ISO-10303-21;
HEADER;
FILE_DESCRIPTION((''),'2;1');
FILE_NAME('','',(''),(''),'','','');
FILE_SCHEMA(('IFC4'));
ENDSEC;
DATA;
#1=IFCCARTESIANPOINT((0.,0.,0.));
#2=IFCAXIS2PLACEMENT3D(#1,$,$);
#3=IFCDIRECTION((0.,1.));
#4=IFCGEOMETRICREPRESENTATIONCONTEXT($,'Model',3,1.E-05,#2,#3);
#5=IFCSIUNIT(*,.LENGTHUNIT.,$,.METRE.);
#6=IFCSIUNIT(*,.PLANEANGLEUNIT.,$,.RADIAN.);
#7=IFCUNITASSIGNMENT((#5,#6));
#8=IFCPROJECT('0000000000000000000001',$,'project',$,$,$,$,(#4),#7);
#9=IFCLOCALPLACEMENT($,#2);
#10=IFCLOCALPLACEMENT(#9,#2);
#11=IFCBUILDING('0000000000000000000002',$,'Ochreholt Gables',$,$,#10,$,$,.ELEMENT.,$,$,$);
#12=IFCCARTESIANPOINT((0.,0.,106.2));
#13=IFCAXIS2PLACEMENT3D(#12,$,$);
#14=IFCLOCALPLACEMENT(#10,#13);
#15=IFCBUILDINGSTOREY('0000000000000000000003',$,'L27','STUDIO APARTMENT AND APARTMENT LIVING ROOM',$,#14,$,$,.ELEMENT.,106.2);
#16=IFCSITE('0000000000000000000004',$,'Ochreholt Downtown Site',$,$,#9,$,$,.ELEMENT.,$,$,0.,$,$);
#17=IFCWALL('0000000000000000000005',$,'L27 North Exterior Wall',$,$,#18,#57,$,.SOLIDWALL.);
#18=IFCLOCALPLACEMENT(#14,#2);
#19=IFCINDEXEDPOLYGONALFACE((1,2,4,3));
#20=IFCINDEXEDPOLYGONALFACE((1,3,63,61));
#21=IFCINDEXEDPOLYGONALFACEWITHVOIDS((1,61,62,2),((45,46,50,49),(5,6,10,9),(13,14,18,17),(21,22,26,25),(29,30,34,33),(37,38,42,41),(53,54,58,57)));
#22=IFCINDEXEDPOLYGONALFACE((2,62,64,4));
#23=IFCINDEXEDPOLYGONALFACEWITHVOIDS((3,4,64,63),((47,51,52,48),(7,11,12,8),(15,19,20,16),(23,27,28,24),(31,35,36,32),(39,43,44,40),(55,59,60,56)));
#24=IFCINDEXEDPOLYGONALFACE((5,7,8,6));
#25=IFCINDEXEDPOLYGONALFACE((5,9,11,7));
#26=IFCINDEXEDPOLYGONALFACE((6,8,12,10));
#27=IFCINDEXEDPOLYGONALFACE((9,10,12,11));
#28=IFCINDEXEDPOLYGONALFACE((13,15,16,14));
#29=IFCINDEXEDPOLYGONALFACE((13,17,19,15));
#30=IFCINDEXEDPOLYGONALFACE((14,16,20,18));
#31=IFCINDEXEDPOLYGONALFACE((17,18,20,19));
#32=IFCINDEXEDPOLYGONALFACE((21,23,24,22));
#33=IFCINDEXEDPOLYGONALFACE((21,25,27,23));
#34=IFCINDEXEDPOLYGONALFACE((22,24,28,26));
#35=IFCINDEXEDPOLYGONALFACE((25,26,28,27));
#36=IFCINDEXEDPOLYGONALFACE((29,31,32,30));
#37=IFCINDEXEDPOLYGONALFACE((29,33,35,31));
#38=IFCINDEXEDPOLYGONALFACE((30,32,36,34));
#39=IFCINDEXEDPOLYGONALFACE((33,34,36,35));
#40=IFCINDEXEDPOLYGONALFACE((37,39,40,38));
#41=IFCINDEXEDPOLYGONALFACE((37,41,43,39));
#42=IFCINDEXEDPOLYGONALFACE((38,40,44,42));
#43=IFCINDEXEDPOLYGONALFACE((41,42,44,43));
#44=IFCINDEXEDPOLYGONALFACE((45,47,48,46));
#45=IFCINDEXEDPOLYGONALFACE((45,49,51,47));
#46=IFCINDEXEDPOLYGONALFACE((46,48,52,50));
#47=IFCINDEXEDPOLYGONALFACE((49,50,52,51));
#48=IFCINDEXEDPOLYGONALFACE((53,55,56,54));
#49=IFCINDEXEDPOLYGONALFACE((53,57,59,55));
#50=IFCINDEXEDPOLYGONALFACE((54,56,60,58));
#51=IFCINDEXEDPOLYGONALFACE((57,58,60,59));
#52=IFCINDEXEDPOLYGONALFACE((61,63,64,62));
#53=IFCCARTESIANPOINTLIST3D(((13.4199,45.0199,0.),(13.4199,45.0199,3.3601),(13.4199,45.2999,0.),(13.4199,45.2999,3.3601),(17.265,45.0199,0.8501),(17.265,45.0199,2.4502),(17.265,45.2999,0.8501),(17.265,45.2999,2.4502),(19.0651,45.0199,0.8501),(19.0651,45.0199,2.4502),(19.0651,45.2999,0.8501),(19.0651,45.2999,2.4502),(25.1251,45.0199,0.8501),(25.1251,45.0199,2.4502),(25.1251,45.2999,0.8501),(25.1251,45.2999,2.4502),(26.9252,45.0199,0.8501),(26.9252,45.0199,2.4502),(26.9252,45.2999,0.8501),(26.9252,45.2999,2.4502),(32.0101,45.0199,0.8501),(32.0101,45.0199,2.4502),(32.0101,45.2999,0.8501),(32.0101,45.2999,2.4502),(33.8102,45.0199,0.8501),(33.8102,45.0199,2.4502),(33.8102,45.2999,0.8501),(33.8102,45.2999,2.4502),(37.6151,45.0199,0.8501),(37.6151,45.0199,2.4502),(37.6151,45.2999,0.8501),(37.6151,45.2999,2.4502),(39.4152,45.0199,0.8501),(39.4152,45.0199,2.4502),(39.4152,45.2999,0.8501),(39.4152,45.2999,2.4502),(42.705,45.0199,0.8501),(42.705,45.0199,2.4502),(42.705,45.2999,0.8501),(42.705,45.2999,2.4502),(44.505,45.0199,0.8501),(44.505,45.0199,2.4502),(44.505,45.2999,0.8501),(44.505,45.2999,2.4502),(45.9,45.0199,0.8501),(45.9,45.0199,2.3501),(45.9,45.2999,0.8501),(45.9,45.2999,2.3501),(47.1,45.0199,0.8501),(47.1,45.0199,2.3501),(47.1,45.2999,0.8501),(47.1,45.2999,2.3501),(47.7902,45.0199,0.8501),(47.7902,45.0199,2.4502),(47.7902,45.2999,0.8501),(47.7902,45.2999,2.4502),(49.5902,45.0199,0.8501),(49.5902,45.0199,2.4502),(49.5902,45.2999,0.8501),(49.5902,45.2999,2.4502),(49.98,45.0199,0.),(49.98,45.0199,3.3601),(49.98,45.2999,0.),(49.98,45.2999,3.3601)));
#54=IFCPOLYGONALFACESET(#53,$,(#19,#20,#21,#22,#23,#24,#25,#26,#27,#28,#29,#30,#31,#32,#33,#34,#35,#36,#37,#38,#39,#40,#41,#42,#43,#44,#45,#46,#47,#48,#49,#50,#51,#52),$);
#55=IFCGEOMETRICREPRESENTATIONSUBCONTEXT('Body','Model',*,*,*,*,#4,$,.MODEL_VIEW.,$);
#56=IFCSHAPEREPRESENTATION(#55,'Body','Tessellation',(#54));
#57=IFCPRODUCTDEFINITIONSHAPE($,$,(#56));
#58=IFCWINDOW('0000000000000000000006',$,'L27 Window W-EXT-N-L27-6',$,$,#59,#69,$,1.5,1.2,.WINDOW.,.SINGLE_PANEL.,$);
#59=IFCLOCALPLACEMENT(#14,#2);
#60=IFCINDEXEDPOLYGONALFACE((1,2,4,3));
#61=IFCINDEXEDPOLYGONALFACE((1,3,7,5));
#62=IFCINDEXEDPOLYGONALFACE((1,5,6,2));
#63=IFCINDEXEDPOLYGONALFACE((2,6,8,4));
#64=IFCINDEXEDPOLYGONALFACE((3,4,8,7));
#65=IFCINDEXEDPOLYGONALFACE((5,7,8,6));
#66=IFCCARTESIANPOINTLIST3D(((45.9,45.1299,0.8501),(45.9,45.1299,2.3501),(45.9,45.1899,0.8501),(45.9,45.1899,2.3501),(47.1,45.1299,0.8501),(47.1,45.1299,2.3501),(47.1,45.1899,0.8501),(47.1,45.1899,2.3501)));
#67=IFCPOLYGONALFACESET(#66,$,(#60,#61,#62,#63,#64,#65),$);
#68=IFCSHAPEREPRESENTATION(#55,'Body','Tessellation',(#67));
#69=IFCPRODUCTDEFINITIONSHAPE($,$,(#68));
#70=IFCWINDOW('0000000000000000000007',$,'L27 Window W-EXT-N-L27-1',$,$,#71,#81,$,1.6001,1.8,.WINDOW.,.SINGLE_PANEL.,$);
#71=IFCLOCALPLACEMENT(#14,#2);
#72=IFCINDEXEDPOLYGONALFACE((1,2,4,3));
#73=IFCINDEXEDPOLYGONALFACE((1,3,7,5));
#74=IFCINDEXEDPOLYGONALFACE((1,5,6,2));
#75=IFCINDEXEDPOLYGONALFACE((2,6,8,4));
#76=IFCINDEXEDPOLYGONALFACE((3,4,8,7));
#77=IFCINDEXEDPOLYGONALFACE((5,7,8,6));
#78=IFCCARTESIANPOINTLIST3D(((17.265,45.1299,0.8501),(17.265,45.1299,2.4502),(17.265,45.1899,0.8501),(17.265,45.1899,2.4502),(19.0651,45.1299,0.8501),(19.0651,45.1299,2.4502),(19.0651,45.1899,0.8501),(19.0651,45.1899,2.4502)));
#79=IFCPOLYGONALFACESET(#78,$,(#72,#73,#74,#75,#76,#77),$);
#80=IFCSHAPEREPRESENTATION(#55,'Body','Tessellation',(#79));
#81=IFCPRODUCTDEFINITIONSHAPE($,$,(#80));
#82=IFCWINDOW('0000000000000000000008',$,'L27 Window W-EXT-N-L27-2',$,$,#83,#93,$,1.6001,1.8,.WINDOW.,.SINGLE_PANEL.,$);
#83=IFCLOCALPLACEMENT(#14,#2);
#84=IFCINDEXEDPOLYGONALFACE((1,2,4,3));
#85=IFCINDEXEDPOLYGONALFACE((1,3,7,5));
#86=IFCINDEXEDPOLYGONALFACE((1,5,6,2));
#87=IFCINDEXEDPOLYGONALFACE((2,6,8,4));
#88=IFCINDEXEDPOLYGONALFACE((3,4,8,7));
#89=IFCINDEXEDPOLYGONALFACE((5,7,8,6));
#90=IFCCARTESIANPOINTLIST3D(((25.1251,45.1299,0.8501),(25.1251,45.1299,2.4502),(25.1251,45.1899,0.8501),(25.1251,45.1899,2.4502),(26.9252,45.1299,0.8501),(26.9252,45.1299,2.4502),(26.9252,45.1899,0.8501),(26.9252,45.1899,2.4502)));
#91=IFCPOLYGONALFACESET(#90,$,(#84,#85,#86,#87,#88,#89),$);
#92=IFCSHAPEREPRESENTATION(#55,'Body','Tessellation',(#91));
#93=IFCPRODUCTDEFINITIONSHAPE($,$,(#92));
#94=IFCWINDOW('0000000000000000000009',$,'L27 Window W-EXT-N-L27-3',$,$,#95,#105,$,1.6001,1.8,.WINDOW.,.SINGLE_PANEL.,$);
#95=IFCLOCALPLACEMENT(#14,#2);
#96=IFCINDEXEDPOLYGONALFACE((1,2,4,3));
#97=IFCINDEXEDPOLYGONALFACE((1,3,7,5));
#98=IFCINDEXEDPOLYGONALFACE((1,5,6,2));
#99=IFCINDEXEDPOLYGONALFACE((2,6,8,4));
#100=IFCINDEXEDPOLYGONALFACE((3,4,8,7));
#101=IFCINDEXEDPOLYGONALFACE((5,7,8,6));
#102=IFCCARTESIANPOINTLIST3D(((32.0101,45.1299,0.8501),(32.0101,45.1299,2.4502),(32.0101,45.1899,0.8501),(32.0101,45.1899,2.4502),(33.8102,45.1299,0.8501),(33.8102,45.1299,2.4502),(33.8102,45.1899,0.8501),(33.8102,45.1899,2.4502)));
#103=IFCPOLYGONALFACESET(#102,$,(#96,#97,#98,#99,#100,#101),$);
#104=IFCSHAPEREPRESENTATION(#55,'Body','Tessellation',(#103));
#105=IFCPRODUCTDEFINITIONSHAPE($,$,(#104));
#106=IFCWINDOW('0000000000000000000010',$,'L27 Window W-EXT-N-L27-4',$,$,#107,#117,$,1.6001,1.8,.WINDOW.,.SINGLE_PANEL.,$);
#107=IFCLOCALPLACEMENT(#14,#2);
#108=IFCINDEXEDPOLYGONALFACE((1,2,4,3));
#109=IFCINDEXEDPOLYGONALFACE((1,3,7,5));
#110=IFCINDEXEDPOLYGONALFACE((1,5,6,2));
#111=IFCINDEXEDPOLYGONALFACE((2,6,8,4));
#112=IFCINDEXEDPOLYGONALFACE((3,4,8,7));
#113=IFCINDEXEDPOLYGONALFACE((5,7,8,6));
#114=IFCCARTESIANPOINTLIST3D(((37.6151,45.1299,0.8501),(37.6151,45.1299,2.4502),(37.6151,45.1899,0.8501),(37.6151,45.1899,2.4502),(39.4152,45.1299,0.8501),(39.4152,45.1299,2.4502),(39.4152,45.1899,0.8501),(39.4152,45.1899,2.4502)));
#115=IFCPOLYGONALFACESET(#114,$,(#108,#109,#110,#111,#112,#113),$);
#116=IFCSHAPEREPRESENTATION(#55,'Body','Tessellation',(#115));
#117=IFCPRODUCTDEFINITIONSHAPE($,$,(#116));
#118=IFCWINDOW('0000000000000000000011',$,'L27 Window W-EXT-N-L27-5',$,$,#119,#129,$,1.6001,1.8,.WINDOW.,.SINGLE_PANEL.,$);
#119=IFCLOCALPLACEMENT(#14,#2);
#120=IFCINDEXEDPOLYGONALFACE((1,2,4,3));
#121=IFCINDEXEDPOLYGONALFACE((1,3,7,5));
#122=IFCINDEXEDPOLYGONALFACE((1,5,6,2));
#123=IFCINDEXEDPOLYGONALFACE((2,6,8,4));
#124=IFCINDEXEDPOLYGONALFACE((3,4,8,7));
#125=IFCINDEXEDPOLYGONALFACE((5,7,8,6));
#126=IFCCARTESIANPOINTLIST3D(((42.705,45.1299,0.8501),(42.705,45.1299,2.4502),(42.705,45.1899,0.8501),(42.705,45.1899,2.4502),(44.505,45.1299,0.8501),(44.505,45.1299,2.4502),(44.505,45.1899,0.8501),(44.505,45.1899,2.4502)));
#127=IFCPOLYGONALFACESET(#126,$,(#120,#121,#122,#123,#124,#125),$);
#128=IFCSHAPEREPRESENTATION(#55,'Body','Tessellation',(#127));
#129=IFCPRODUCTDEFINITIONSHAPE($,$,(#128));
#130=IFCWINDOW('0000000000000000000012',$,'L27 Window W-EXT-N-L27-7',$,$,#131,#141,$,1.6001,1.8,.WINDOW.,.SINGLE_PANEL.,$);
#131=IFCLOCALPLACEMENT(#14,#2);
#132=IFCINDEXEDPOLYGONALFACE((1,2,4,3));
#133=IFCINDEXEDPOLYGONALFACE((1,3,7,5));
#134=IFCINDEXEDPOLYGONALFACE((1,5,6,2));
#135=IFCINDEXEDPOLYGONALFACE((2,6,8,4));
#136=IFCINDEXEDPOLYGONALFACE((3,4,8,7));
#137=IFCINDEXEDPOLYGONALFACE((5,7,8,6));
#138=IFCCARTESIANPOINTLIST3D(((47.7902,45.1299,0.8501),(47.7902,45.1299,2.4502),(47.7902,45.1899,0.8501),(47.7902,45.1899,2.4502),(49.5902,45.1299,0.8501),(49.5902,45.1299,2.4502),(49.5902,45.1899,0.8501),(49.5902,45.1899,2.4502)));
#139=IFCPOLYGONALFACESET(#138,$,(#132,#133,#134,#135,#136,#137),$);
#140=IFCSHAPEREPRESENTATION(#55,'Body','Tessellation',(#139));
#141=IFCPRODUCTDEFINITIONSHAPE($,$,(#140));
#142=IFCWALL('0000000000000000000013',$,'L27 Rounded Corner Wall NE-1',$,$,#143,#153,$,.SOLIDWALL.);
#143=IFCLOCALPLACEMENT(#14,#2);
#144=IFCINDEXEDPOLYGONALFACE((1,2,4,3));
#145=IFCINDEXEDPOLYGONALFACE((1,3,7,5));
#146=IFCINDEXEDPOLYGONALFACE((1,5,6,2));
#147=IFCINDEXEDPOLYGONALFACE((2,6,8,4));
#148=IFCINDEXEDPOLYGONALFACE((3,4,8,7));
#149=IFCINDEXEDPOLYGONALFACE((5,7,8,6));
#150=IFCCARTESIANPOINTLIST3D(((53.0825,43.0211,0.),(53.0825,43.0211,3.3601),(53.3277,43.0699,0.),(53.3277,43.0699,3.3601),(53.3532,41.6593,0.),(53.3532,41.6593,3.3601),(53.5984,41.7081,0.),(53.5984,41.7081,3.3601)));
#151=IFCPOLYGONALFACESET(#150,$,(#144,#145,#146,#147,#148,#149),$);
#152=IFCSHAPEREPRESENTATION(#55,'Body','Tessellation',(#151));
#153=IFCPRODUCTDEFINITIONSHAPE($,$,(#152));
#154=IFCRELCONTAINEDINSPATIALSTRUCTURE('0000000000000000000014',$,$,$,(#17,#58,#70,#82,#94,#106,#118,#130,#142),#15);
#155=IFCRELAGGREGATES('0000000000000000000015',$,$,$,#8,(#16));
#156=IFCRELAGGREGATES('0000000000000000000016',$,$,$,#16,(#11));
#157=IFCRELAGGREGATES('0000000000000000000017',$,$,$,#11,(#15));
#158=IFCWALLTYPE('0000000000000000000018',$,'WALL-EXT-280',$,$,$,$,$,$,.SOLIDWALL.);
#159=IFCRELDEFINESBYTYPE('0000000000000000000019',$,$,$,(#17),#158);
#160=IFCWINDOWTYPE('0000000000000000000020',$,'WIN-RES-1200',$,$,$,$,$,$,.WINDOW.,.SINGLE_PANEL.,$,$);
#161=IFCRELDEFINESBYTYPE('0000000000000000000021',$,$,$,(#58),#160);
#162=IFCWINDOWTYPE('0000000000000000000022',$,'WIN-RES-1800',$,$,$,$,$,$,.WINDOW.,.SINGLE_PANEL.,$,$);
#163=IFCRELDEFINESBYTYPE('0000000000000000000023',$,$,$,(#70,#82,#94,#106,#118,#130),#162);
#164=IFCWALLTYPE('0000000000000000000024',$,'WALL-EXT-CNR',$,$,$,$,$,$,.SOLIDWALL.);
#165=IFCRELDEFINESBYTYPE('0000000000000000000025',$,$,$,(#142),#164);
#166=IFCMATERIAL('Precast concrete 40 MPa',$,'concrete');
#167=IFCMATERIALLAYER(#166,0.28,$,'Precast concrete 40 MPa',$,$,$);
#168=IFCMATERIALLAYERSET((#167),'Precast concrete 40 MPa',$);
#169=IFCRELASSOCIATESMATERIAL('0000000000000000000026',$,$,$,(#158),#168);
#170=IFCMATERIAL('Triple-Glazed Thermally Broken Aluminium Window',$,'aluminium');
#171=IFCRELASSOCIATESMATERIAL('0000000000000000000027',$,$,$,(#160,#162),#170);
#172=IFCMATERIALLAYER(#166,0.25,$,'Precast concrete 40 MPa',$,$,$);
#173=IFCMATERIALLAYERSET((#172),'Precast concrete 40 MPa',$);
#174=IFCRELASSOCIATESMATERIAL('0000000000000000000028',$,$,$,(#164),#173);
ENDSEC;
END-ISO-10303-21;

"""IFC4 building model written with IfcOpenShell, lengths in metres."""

from ifc_helpers import new_model, si_unit, direction, frame, frame_2d, origin, place, context, subcontext, project, spatial, rectangle, extrude, material, layer, layer_set, type_object, element, fill, save


model = new_model("IFC4")

# Units and contexts
model_context = context("Model", 3, precision=1e-05, world=origin(), true_north=direction((0.0, 1.0)))
body_context = subcontext(model_context, "Body", "Model", "MODEL_VIEW")
ifc_project = project(units=[si_unit("LENGTHUNIT", "METRE"), si_unit("PLANEANGLEUNIT", "RADIAN")], contexts=[model_context])

# Site, building, storey
site_placement = place(None, origin())
site = spatial("IfcSite", under=ifc_project, at=site_placement, Name="Ochreholt Downtown Site", CompositionType="ELEMENT", RefElevation=0.0)
building_placement = place(site_placement, origin())
building = spatial("IfcBuilding", under=site, at=building_placement, Name="Ochreholt Gables", CompositionType="ELEMENT")
storey_placement = place(building_placement, frame((0.0, 0.0, 106.2)))
storey = spatial("IfcBuildingStorey", under=building, at=storey_placement, Name="L27", Description="STUDIO APARTMENT AND APARTMENT LIVING ROOM", CompositionType="ELEMENT", Elevation=106.2)

# Wall, openings, windows
ifc_material_1 = material(Name="Precast concrete 40 MPa", Category="concrete")
ifc_layer_1 = layer(ifc_material_1, 0.28, Name="Precast concrete 40 MPa")
ifc_layer_set_1 = layer_set([ifc_layer_1], Name="Precast concrete 40 MPa")
wall_type_1 = type_object("IfcWallType", Name="WALL-EXT-280", PredefinedType="SOLIDWALL", material=ifc_layer_set_1)
wall_1_placement = place(storey_placement, frame((49.98, 45.1599, 0.0), z_axis=(0.0, 0.0, 1.0), x_axis=(-1.0, 0.0, 0.0)))
wall_1 = element("IfcWall", 1, at=wall_1_placement, inside=storey, type_object=wall_type_1, Name="L27 North Exterior Wall", PredefinedType="SOLIDWALL", context=body_context, shape_type="SweptSolid", body=[
    extrude(rectangle(XDim=36.5601, YDim=0.28, at=frame_2d((18.28, 0.0))), origin(), (0.0, 0.0, 1.0), 3.3601),
])
opening_1_placement = place(wall_1_placement, frame((30.915, 0.0, 0.8501)))
opening_1 = element("IfcOpeningElement", 2, at=opening_1_placement, cuts=wall_1, PredefinedType="OPENING", context=body_context, shape_type="SweptSolid", body=[
    extrude(rectangle(XDim=1.8, YDim=1.6001, at=frame_2d((0.8999, 0.8))), frame((0.0, 0.1499, 0.0), z_axis=(0.0, -1.0, 0.0), x_axis=(1.0, 0.0, 0.0)), (0.0, 0.0, 1.0), 0.3),
])
opening_2_placement = place(wall_1_placement, frame((23.0549, 0.0, 0.8501)))
opening_2 = element("IfcOpeningElement", 3, at=opening_2_placement, cuts=wall_1, PredefinedType="OPENING", context=body_context, shape_type="SweptSolid", body=[
    extrude(rectangle(XDim=1.8, YDim=1.6001, at=frame_2d((0.8999, 0.8))), frame((0.0, 0.1499, 0.0), z_axis=(0.0, -1.0, 0.0), x_axis=(1.0, 0.0, 0.0)), (0.0, 0.0, 1.0), 0.3),
])
opening_3_placement = place(wall_1_placement, frame((16.1699, 0.0, 0.8501)))
opening_3 = element("IfcOpeningElement", 4, at=opening_3_placement, cuts=wall_1, PredefinedType="OPENING", context=body_context, shape_type="SweptSolid", body=[
    extrude(rectangle(XDim=1.8, YDim=1.6001, at=frame_2d((0.8999, 0.8))), frame((0.0, 0.1499, 0.0), z_axis=(0.0, -1.0, 0.0), x_axis=(1.0, 0.0, 0.0)), (0.0, 0.0, 1.0), 0.3),
])
opening_4_placement = place(wall_1_placement, frame((10.5649, 0.0, 0.8501)))
opening_4 = element("IfcOpeningElement", 5, at=opening_4_placement, cuts=wall_1, PredefinedType="OPENING", context=body_context, shape_type="SweptSolid", body=[
    extrude(rectangle(XDim=1.8, YDim=1.6001, at=frame_2d((0.8999, 0.8))), frame((0.0, 0.1499, 0.0), z_axis=(0.0, -1.0, 0.0), x_axis=(1.0, 0.0, 0.0)), (0.0, 0.0, 1.0), 0.3),
])
opening_5_placement = place(wall_1_placement, frame((5.4751, 0.0, 0.8501)))
opening_5 = element("IfcOpeningElement", 6, at=opening_5_placement, cuts=wall_1, PredefinedType="OPENING", context=body_context, shape_type="SweptSolid", body=[
    extrude(rectangle(XDim=1.8, YDim=1.6001, at=frame_2d((0.8999, 0.8))), frame((0.0, 0.1499, 0.0), z_axis=(0.0, -1.0, 0.0), x_axis=(1.0, 0.0, 0.0)), (0.0, 0.0, 1.0), 0.3),
])
opening_6_placement = place(wall_1_placement, frame((2.8799, 0.0, 0.8501)))
opening_6 = element("IfcOpeningElement", 7, at=opening_6_placement, cuts=wall_1, PredefinedType="OPENING", context=body_context, shape_type="SweptSolid", body=[
    extrude(rectangle(XDim=1.2, YDim=1.5, at=frame_2d((0.6001, 0.75))), frame((0.0, 0.1499, 0.0), z_axis=(0.0, -1.0, 0.0), x_axis=(1.0, 0.0, 0.0)), (0.0, 0.0, 1.0), 0.3),
])
opening_7_placement = place(wall_1_placement, frame((0.3899, 0.0, 0.8501)))
opening_7 = element("IfcOpeningElement", 8, at=opening_7_placement, cuts=wall_1, PredefinedType="OPENING", context=body_context, shape_type="SweptSolid", body=[
    extrude(rectangle(XDim=1.8, YDim=1.6001, at=frame_2d((0.8999, 0.8))), frame((0.0, 0.1499, 0.0), z_axis=(0.0, -1.0, 0.0), x_axis=(1.0, 0.0, 0.0)), (0.0, 0.0, 1.0), 0.3),
])
ifc_material_2 = material(Name="Triple-Glazed Thermally Broken Aluminium Window", Category="aluminium")
window_type_1 = type_object("IfcWindowType", Name="WIN-RES-1200", PartitioningType="SINGLE_PANEL", PredefinedType="WINDOW", material=ifc_material_2)
window_1_placement = place(opening_6_placement, origin())
window_1 = element("IfcWindow", 9, at=window_1_placement, inside=storey, type_object=window_type_1, Name="L27 Window W-EXT-N-L27-6", OverallHeight=1.5, OverallWidth=1.2, PartitioningType="SINGLE_PANEL", PredefinedType="WINDOW", context=body_context, shape_type="SweptSolid", body=[
    extrude(rectangle(XDim=1.2, YDim=1.5, at=frame_2d((0.6001, 0.75))), frame((0.0, 0.03, 0.0), z_axis=(0.0, -1.0, 0.0), x_axis=(1.0, 0.0, 0.0)), (0.0, 0.0, 1.0), 0.0601),
])
fill(opening_6, window_1)
window_type_2 = type_object("IfcWindowType", Name="WIN-RES-1800", PartitioningType="SINGLE_PANEL", PredefinedType="WINDOW", material=ifc_material_2)
window_2_placement = place(opening_1_placement, origin())
window_2 = element("IfcWindow", 10, at=window_2_placement, inside=storey, type_object=window_type_2, Name="L27 Window W-EXT-N-L27-1", OverallHeight=1.6001, OverallWidth=1.8, PartitioningType="SINGLE_PANEL", PredefinedType="WINDOW", context=body_context, shape_type="SweptSolid", body=[
    extrude(rectangle(XDim=1.8, YDim=1.6001, at=frame_2d((0.8999, 0.8))), frame((0.0, 0.03, 0.0), z_axis=(0.0, -1.0, 0.0), x_axis=(1.0, 0.0, 0.0)), (0.0, 0.0, 1.0), 0.0601),
])
fill(opening_1, window_2)
window_3_placement = place(opening_2_placement, origin())
window_3 = element("IfcWindow", 11, at=window_3_placement, inside=storey, type_object=window_type_2, Name="L27 Window W-EXT-N-L27-2", OverallHeight=1.6001, OverallWidth=1.8, PartitioningType="SINGLE_PANEL", PredefinedType="WINDOW", context=body_context, shape_type="SweptSolid", body=[
    extrude(rectangle(XDim=1.8, YDim=1.6001, at=frame_2d((0.8999, 0.8))), frame((0.0, 0.03, 0.0), z_axis=(0.0, -1.0, 0.0), x_axis=(1.0, 0.0, 0.0)), (0.0, 0.0, 1.0), 0.0601),
])
fill(opening_2, window_3)
window_4_placement = place(opening_3_placement, origin())
window_4 = element("IfcWindow", 12, at=window_4_placement, inside=storey, type_object=window_type_2, Name="L27 Window W-EXT-N-L27-3", OverallHeight=1.6001, OverallWidth=1.8, PartitioningType="SINGLE_PANEL", PredefinedType="WINDOW", context=body_context, shape_type="SweptSolid", body=[
    extrude(rectangle(XDim=1.8, YDim=1.6001, at=frame_2d((0.8999, 0.8))), frame((0.0, 0.03, 0.0), z_axis=(0.0, -1.0, 0.0), x_axis=(1.0, 0.0, 0.0)), (0.0, 0.0, 1.0), 0.0601),
])
fill(opening_3, window_4)
window_5_placement = place(opening_4_placement, origin())
window_5 = element("IfcWindow", 13, at=window_5_placement, inside=storey, type_object=window_type_2, Name="L27 Window W-EXT-N-L27-4", OverallHeight=1.6001, OverallWidth=1.8, PartitioningType="SINGLE_PANEL", PredefinedType="WINDOW", context=body_context, shape_type="SweptSolid", body=[
    extrude(rectangle(XDim=1.8, YDim=1.6001, at=frame_2d((0.8999, 0.8))), frame((0.0, 0.03, 0.0), z_axis=(0.0, -1.0, 0.0), x_axis=(1.0, 0.0, 0.0)), (0.0, 0.0, 1.0), 0.0601),
])
fill(opening_4, window_5)
window_6_placement = place(opening_5_placement, origin())
window_6 = element("IfcWindow", 14, at=window_6_placement, inside=storey, type_object=window_type_2, Name="L27 Window W-EXT-N-L27-5", OverallHeight=1.6001, OverallWidth=1.8, PartitioningType="SINGLE_PANEL", PredefinedType="WINDOW", context=body_context, shape_type="SweptSolid", body=[
    extrude(rectangle(XDim=1.8, YDim=1.6001, at=frame_2d((0.8999, 0.8))), frame((0.0, 0.03, 0.0), z_axis=(0.0, -1.0, 0.0), x_axis=(1.0, 0.0, 0.0)), (0.0, 0.0, 1.0), 0.0601),
])
fill(opening_5, window_6)
window_7_placement = place(opening_7_placement, origin())
window_7 = element("IfcWindow", 15, at=window_7_placement, inside=storey, type_object=window_type_2, Name="L27 Window W-EXT-N-L27-7", OverallHeight=1.6001, OverallWidth=1.8, PartitioningType="SINGLE_PANEL", PredefinedType="WINDOW", context=body_context, shape_type="SweptSolid", body=[
    extrude(rectangle(XDim=1.8, YDim=1.6001, at=frame_2d((0.8999, 0.8))), frame((0.0, 0.03, 0.0), z_axis=(0.0, -1.0, 0.0), x_axis=(1.0, 0.0, 0.0)), (0.0, 0.0, 1.0), 0.0601),
])
fill(opening_7, window_7)

# Wall
ifc_layer_2 = layer(ifc_material_1, 0.25, Name="Precast concrete 40 MPa")
ifc_layer_set_2 = layer_set([ifc_layer_2], Name="Precast concrete 40 MPa")
wall_type_2 = type_object("IfcWallType", Name="WALL-EXT-CNR", PredefinedType="SOLIDWALL", material=ifc_layer_set_2)
wall_2_placement = place(storey_placement, frame((53.4758, 41.6836, 0.0), z_axis=(0.0, 0.0, 1.0), x_axis=(-0.195, 0.980803, 0.0)))
element("IfcWall", 16, at=wall_2_placement, inside=storey, type_object=wall_type_2, Name="L27 Rounded Corner Wall NE-1", PredefinedType="SOLIDWALL", context=body_context, shape_type="SweptSolid", body=[
    extrude(rectangle(XDim=1.3884, YDim=0.25, at=frame_2d((0.6943, 0.0))), origin(), (0.0, 0.0, 1.0), 3.3601),
])

save(model, "model.ifc")
